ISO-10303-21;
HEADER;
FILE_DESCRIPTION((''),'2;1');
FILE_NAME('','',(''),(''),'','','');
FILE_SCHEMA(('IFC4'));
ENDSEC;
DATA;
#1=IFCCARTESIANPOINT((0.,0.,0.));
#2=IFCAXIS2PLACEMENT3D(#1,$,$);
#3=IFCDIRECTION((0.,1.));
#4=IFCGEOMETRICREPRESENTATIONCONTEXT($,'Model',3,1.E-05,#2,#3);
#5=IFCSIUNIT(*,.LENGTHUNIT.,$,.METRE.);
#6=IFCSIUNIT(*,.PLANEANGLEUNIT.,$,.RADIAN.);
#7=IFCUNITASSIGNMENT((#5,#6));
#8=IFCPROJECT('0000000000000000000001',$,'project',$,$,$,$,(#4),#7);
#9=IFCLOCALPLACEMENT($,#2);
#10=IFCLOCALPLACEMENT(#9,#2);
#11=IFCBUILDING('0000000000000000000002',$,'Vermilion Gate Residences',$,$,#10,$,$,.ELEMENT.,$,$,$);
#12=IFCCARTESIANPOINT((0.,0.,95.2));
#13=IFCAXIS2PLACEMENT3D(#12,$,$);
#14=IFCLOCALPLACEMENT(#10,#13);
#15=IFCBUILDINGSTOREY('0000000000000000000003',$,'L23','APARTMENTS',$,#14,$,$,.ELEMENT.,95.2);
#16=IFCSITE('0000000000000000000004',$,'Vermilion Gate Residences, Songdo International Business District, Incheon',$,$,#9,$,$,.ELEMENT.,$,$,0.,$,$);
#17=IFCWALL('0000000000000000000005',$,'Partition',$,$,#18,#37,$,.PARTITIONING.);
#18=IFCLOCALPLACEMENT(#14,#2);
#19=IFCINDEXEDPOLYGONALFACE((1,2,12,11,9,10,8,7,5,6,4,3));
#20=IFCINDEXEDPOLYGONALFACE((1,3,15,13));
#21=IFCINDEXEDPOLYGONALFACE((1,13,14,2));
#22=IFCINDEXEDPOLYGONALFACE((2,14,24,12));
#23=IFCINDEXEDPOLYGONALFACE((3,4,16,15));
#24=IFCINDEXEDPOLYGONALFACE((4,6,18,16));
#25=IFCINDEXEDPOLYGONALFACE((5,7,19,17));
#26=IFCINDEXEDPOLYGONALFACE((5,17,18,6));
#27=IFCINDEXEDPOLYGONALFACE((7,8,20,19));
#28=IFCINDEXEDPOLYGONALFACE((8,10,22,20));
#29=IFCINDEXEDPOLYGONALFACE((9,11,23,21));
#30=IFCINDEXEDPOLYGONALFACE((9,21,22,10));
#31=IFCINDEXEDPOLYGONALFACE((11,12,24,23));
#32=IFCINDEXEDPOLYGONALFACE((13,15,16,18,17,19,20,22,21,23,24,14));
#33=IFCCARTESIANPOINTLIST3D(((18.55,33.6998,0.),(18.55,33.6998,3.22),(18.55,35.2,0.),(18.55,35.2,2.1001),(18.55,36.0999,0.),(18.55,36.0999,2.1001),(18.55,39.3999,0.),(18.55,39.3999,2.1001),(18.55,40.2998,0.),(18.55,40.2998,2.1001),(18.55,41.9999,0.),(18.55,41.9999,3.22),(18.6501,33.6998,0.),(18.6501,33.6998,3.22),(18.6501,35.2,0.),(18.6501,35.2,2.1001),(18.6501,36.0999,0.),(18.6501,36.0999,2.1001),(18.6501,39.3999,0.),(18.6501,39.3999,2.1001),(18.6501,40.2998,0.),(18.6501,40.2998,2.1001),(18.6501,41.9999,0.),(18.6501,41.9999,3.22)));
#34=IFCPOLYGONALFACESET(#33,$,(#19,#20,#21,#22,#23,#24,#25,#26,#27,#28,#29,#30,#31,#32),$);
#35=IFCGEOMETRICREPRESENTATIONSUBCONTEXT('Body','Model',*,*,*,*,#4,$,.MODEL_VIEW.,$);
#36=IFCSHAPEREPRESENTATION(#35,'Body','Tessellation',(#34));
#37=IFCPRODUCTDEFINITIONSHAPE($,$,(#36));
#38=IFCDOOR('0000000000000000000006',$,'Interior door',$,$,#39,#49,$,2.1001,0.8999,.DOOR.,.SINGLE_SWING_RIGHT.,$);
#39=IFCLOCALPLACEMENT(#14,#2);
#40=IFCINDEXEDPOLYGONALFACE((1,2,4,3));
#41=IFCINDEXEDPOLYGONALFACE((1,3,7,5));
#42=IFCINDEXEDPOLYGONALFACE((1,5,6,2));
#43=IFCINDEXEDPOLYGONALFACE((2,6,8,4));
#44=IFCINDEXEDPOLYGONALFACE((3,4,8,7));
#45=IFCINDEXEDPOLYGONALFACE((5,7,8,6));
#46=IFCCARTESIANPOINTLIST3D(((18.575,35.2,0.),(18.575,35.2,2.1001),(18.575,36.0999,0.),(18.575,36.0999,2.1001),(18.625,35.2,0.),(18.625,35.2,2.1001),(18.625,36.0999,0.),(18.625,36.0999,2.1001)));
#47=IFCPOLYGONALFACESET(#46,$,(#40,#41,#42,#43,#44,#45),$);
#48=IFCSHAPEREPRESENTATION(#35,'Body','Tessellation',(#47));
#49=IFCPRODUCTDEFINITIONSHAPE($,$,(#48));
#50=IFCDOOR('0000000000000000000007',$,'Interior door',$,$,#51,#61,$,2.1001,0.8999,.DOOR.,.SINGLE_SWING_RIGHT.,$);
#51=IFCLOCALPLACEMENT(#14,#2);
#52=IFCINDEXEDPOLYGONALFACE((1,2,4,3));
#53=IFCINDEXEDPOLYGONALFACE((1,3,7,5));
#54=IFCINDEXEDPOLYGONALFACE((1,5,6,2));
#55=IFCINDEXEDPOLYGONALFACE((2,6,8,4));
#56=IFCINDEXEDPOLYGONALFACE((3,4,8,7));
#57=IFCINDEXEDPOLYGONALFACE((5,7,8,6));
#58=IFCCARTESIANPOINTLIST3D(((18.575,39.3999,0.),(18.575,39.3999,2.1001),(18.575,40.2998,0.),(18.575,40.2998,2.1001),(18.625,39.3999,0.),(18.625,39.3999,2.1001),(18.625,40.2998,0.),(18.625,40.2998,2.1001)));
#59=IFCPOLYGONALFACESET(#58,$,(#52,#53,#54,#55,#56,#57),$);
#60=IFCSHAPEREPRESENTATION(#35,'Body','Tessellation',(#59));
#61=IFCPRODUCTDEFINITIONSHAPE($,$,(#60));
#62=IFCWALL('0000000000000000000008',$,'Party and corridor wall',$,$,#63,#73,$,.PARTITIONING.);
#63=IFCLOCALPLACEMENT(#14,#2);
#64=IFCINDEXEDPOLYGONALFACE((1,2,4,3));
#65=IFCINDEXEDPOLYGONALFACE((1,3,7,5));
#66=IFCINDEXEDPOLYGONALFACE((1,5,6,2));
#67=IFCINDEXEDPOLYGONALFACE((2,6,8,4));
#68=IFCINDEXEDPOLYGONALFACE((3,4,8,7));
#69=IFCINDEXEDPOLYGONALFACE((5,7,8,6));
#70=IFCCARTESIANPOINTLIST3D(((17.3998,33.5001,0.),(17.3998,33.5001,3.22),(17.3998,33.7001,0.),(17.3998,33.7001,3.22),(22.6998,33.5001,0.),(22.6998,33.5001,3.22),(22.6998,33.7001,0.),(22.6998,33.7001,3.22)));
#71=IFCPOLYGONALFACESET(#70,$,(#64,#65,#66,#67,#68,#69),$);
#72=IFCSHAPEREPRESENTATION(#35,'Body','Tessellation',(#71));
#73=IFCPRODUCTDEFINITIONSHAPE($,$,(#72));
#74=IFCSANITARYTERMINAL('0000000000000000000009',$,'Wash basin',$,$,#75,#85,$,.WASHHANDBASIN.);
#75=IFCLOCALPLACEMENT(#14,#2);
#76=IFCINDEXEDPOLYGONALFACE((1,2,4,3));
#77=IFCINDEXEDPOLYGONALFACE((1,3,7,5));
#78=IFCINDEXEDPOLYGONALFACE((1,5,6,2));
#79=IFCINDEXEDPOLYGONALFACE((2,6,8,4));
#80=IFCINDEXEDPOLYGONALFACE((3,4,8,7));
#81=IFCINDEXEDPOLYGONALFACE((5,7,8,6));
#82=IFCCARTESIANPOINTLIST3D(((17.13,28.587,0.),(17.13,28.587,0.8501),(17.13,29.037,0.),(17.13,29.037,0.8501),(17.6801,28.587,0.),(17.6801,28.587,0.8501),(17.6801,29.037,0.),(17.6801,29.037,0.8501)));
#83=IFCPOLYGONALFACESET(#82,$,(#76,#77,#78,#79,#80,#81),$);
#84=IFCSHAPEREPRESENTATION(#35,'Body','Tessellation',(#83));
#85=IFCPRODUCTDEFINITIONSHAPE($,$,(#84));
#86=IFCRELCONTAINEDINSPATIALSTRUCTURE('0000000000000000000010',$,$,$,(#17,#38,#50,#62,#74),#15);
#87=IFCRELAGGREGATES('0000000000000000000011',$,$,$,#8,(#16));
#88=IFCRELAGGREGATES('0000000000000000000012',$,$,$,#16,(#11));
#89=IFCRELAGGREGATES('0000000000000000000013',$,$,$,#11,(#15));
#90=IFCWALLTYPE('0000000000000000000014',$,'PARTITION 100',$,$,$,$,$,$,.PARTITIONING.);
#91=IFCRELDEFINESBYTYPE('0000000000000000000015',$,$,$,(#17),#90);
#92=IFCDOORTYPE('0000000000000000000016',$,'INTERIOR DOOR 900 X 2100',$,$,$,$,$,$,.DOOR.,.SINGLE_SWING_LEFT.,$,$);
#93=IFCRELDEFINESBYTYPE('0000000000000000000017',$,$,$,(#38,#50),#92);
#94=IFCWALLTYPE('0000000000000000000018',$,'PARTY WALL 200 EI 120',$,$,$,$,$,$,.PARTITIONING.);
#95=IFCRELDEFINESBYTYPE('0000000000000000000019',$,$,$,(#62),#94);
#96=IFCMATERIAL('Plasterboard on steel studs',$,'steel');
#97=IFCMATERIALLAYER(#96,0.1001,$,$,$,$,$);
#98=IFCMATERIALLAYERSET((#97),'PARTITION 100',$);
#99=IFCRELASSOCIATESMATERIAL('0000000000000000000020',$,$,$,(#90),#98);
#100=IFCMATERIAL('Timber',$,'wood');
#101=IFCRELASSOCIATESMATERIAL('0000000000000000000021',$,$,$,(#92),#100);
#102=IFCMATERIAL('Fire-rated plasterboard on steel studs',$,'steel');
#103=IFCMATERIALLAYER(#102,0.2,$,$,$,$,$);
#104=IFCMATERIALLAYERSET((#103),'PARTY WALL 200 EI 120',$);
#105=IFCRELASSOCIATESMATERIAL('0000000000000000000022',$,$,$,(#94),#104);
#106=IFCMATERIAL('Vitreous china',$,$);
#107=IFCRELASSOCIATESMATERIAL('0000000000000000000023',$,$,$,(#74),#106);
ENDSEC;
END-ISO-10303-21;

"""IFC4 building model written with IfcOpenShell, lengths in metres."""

from ifc_helpers import new_model, si_unit, direction, frame, frame_2d, origin, origin_2d, place, context, subcontext, project, spatial, rectangle, extrude, material, layer, layer_set, type_object, element, fill, save


model = new_model("IFC4")

# Units and contexts
model_context = context("Model", 3, precision=1e-05, world=origin(), true_north=direction((0.0, 1.0)))
body_context = subcontext(model_context, "Body", "Model", "MODEL_VIEW")
ifc_project = project(units=[si_unit("LENGTHUNIT", "METRE"), si_unit("PLANEANGLEUNIT", "RADIAN")], contexts=[model_context])

# Site, building, storey
site_placement = place(None, origin())
site = spatial("IfcSite", under=ifc_project, at=site_placement, Name="Vermilion Gate Residences, Songdo International Business District, Incheon", CompositionType="ELEMENT", RefElevation=0.0)
building_placement = place(site_placement, origin())
building = spatial("IfcBuilding", under=site, at=building_placement, Name="Vermilion Gate Residences", CompositionType="ELEMENT")
storey_placement = place(building_placement, frame((0.0, 0.0, 95.2)))
storey = spatial("IfcBuildingStorey", under=building, at=storey_placement, Name="L23", Description="APARTMENTS", CompositionType="ELEMENT", Elevation=95.2)

# Shared definitions
ifc_material_1 = material(Name="Plasterboard on steel studs", Category="steel")
ifc_layer_1 = layer(ifc_material_1, 0.1001)
ifc_layer_set_1 = layer_set([ifc_layer_1], Name="PARTITION 100")
wall_type_1 = type_object("IfcWallType", Name="PARTITION 100", PredefinedType="PARTITIONING", material=ifc_layer_set_1)

# Wall, openings, doors
ifc_material_2 = material(Name="Timber", Category="wood")
door_type = type_object("IfcDoorType", Name="INTERIOR DOOR 900 X 2100", OperationType="SINGLE_SWING_LEFT", PredefinedType="DOOR", material=ifc_material_2)
wall_1_placement = place(storey_placement, frame((18.6001, 33.7, 0.0), z_axis=(0.0, 0.0, 1.0), x_axis=(0.0, 1.0, 0.0)))
wall_1 = element("IfcWall", 1, at=wall_1_placement, inside=storey, type_object=wall_type_1, Name="Partition", PredefinedType="PARTITIONING", context=body_context, shape_type="SweptSolid", body=[
    extrude(rectangle(XDim=8.3, YDim=0.1001, at=frame_2d((4.1499, 0.0))), origin(), (0.0, 0.0, 1.0), 3.22),
])
opening_1_placement = place(wall_1_placement, frame((1.5, 0.0, 0.0)))
opening_1 = element("IfcOpeningElement", 2, at=opening_1_placement, cuts=wall_1, PredefinedType="OPENING", context=body_context, shape_type="SweptSolid", body=[
    extrude(rectangle(XDim=0.8999, YDim=2.1001, at=frame_2d((0.45, 1.05))), frame((0.0, 0.0601, 0.0), z_axis=(0.0, -1.0, 0.0), x_axis=(1.0, 0.0, 0.0)), (0.0, 0.0, 1.0), 0.1201),
])
opening_2_placement = place(wall_1_placement, frame((5.7, 0.0, 0.0)))
opening_2 = element("IfcOpeningElement", 3, at=opening_2_placement, cuts=wall_1, PredefinedType="OPENING", context=body_context, shape_type="SweptSolid", body=[
    extrude(rectangle(XDim=0.8999, YDim=2.1001, at=frame_2d((0.45, 1.05))), frame((0.0, 0.0601, 0.0), z_axis=(0.0, -1.0, 0.0), x_axis=(1.0, 0.0, 0.0)), (0.0, 0.0, 1.0), 0.1201),
])
door_1_placement = place(opening_1_placement, frame((0.8999, 0.0, 0.0), z_axis=(0.0, 0.0, 1.0), x_axis=(-1.0, 0.0, 0.0)))
door_1 = element("IfcDoor", 4, at=door_1_placement, inside=storey, type_object=door_type, Name="Interior door", OperationType="SINGLE_SWING_RIGHT", OverallHeight=2.1001, OverallWidth=0.8999, PredefinedType="DOOR", context=body_context, shape_type="SweptSolid", body=[
    extrude(rectangle(XDim=0.8999, YDim=2.1001, at=frame_2d((0.45, 1.05))), frame((0.0, 0.0249, 0.0), z_axis=(0.0, -1.0, 0.0), x_axis=(1.0, 0.0, 0.0)), (0.0, 0.0, 1.0), 0.05),
])
fill(opening_1, door_1)
door_2_placement = place(opening_2_placement, frame((0.8999, 0.0, 0.0), z_axis=(0.0, 0.0, 1.0), x_axis=(-1.0, 0.0, 0.0)))
door_2 = element("IfcDoor", 5, at=door_2_placement, inside=storey, type_object=door_type, Name="Interior door", OperationType="SINGLE_SWING_RIGHT", OverallHeight=2.1001, OverallWidth=0.8999, PredefinedType="DOOR", context=body_context, shape_type="SweptSolid", body=[
    extrude(rectangle(XDim=0.8999, YDim=2.1001, at=frame_2d((0.45, 1.05))), frame((0.0, 0.0249, 0.0), z_axis=(0.0, -1.0, 0.0), x_axis=(1.0, 0.0, 0.0)), (0.0, 0.0, 1.0), 0.05),
])
fill(opening_2, door_2)

# Wall
ifc_material_3 = material(Name="Fire-rated plasterboard on steel studs", Category="steel")
ifc_layer_2 = layer(ifc_material_3, 0.2)
ifc_layer_set_2 = layer_set([ifc_layer_2], Name="PARTY WALL 200 EI 120")
wall_type_2 = type_object("IfcWallType", Name="PARTY WALL 200 EI 120", PredefinedType="PARTITIONING", material=ifc_layer_set_2)
wall_2_placement = place(storey_placement, frame((17.3999, 33.6001, 0.0), z_axis=(0.0, 0.0, 1.0), x_axis=(1.0, 0.0, 0.0)))
element("IfcWall", 6, at=wall_2_placement, inside=storey, type_object=wall_type_2, Name="Party and corridor wall", PredefinedType="PARTITIONING", context=body_context, shape_type="SweptSolid", body=[
    extrude(rectangle(XDim=5.3, YDim=0.2, at=frame_2d((2.6499, 0.0))), origin(), (0.0, 0.0, 1.0), 3.22),
])

# Sanitary terminal
ifc_material_4 = material(Name="Vitreous china")
sanitary_terminal_placement = place(storey_placement, frame((17.405, 28.812, 0.0), z_axis=(0.0, 0.0, 1.0), x_axis=(1.0, 0.0, 0.0)))
element("IfcSanitaryTerminal", 7, at=sanitary_terminal_placement, inside=storey, material=ifc_material_4, Name="Wash basin", PredefinedType="WASHHANDBASIN", context=body_context, shape_type="SweptSolid", body=[
    extrude(rectangle(XDim=0.55, YDim=0.45, at=origin_2d()), origin(), (0.0, 0.0, 1.0), 0.8501),
])

save(model, "model.ifc")
